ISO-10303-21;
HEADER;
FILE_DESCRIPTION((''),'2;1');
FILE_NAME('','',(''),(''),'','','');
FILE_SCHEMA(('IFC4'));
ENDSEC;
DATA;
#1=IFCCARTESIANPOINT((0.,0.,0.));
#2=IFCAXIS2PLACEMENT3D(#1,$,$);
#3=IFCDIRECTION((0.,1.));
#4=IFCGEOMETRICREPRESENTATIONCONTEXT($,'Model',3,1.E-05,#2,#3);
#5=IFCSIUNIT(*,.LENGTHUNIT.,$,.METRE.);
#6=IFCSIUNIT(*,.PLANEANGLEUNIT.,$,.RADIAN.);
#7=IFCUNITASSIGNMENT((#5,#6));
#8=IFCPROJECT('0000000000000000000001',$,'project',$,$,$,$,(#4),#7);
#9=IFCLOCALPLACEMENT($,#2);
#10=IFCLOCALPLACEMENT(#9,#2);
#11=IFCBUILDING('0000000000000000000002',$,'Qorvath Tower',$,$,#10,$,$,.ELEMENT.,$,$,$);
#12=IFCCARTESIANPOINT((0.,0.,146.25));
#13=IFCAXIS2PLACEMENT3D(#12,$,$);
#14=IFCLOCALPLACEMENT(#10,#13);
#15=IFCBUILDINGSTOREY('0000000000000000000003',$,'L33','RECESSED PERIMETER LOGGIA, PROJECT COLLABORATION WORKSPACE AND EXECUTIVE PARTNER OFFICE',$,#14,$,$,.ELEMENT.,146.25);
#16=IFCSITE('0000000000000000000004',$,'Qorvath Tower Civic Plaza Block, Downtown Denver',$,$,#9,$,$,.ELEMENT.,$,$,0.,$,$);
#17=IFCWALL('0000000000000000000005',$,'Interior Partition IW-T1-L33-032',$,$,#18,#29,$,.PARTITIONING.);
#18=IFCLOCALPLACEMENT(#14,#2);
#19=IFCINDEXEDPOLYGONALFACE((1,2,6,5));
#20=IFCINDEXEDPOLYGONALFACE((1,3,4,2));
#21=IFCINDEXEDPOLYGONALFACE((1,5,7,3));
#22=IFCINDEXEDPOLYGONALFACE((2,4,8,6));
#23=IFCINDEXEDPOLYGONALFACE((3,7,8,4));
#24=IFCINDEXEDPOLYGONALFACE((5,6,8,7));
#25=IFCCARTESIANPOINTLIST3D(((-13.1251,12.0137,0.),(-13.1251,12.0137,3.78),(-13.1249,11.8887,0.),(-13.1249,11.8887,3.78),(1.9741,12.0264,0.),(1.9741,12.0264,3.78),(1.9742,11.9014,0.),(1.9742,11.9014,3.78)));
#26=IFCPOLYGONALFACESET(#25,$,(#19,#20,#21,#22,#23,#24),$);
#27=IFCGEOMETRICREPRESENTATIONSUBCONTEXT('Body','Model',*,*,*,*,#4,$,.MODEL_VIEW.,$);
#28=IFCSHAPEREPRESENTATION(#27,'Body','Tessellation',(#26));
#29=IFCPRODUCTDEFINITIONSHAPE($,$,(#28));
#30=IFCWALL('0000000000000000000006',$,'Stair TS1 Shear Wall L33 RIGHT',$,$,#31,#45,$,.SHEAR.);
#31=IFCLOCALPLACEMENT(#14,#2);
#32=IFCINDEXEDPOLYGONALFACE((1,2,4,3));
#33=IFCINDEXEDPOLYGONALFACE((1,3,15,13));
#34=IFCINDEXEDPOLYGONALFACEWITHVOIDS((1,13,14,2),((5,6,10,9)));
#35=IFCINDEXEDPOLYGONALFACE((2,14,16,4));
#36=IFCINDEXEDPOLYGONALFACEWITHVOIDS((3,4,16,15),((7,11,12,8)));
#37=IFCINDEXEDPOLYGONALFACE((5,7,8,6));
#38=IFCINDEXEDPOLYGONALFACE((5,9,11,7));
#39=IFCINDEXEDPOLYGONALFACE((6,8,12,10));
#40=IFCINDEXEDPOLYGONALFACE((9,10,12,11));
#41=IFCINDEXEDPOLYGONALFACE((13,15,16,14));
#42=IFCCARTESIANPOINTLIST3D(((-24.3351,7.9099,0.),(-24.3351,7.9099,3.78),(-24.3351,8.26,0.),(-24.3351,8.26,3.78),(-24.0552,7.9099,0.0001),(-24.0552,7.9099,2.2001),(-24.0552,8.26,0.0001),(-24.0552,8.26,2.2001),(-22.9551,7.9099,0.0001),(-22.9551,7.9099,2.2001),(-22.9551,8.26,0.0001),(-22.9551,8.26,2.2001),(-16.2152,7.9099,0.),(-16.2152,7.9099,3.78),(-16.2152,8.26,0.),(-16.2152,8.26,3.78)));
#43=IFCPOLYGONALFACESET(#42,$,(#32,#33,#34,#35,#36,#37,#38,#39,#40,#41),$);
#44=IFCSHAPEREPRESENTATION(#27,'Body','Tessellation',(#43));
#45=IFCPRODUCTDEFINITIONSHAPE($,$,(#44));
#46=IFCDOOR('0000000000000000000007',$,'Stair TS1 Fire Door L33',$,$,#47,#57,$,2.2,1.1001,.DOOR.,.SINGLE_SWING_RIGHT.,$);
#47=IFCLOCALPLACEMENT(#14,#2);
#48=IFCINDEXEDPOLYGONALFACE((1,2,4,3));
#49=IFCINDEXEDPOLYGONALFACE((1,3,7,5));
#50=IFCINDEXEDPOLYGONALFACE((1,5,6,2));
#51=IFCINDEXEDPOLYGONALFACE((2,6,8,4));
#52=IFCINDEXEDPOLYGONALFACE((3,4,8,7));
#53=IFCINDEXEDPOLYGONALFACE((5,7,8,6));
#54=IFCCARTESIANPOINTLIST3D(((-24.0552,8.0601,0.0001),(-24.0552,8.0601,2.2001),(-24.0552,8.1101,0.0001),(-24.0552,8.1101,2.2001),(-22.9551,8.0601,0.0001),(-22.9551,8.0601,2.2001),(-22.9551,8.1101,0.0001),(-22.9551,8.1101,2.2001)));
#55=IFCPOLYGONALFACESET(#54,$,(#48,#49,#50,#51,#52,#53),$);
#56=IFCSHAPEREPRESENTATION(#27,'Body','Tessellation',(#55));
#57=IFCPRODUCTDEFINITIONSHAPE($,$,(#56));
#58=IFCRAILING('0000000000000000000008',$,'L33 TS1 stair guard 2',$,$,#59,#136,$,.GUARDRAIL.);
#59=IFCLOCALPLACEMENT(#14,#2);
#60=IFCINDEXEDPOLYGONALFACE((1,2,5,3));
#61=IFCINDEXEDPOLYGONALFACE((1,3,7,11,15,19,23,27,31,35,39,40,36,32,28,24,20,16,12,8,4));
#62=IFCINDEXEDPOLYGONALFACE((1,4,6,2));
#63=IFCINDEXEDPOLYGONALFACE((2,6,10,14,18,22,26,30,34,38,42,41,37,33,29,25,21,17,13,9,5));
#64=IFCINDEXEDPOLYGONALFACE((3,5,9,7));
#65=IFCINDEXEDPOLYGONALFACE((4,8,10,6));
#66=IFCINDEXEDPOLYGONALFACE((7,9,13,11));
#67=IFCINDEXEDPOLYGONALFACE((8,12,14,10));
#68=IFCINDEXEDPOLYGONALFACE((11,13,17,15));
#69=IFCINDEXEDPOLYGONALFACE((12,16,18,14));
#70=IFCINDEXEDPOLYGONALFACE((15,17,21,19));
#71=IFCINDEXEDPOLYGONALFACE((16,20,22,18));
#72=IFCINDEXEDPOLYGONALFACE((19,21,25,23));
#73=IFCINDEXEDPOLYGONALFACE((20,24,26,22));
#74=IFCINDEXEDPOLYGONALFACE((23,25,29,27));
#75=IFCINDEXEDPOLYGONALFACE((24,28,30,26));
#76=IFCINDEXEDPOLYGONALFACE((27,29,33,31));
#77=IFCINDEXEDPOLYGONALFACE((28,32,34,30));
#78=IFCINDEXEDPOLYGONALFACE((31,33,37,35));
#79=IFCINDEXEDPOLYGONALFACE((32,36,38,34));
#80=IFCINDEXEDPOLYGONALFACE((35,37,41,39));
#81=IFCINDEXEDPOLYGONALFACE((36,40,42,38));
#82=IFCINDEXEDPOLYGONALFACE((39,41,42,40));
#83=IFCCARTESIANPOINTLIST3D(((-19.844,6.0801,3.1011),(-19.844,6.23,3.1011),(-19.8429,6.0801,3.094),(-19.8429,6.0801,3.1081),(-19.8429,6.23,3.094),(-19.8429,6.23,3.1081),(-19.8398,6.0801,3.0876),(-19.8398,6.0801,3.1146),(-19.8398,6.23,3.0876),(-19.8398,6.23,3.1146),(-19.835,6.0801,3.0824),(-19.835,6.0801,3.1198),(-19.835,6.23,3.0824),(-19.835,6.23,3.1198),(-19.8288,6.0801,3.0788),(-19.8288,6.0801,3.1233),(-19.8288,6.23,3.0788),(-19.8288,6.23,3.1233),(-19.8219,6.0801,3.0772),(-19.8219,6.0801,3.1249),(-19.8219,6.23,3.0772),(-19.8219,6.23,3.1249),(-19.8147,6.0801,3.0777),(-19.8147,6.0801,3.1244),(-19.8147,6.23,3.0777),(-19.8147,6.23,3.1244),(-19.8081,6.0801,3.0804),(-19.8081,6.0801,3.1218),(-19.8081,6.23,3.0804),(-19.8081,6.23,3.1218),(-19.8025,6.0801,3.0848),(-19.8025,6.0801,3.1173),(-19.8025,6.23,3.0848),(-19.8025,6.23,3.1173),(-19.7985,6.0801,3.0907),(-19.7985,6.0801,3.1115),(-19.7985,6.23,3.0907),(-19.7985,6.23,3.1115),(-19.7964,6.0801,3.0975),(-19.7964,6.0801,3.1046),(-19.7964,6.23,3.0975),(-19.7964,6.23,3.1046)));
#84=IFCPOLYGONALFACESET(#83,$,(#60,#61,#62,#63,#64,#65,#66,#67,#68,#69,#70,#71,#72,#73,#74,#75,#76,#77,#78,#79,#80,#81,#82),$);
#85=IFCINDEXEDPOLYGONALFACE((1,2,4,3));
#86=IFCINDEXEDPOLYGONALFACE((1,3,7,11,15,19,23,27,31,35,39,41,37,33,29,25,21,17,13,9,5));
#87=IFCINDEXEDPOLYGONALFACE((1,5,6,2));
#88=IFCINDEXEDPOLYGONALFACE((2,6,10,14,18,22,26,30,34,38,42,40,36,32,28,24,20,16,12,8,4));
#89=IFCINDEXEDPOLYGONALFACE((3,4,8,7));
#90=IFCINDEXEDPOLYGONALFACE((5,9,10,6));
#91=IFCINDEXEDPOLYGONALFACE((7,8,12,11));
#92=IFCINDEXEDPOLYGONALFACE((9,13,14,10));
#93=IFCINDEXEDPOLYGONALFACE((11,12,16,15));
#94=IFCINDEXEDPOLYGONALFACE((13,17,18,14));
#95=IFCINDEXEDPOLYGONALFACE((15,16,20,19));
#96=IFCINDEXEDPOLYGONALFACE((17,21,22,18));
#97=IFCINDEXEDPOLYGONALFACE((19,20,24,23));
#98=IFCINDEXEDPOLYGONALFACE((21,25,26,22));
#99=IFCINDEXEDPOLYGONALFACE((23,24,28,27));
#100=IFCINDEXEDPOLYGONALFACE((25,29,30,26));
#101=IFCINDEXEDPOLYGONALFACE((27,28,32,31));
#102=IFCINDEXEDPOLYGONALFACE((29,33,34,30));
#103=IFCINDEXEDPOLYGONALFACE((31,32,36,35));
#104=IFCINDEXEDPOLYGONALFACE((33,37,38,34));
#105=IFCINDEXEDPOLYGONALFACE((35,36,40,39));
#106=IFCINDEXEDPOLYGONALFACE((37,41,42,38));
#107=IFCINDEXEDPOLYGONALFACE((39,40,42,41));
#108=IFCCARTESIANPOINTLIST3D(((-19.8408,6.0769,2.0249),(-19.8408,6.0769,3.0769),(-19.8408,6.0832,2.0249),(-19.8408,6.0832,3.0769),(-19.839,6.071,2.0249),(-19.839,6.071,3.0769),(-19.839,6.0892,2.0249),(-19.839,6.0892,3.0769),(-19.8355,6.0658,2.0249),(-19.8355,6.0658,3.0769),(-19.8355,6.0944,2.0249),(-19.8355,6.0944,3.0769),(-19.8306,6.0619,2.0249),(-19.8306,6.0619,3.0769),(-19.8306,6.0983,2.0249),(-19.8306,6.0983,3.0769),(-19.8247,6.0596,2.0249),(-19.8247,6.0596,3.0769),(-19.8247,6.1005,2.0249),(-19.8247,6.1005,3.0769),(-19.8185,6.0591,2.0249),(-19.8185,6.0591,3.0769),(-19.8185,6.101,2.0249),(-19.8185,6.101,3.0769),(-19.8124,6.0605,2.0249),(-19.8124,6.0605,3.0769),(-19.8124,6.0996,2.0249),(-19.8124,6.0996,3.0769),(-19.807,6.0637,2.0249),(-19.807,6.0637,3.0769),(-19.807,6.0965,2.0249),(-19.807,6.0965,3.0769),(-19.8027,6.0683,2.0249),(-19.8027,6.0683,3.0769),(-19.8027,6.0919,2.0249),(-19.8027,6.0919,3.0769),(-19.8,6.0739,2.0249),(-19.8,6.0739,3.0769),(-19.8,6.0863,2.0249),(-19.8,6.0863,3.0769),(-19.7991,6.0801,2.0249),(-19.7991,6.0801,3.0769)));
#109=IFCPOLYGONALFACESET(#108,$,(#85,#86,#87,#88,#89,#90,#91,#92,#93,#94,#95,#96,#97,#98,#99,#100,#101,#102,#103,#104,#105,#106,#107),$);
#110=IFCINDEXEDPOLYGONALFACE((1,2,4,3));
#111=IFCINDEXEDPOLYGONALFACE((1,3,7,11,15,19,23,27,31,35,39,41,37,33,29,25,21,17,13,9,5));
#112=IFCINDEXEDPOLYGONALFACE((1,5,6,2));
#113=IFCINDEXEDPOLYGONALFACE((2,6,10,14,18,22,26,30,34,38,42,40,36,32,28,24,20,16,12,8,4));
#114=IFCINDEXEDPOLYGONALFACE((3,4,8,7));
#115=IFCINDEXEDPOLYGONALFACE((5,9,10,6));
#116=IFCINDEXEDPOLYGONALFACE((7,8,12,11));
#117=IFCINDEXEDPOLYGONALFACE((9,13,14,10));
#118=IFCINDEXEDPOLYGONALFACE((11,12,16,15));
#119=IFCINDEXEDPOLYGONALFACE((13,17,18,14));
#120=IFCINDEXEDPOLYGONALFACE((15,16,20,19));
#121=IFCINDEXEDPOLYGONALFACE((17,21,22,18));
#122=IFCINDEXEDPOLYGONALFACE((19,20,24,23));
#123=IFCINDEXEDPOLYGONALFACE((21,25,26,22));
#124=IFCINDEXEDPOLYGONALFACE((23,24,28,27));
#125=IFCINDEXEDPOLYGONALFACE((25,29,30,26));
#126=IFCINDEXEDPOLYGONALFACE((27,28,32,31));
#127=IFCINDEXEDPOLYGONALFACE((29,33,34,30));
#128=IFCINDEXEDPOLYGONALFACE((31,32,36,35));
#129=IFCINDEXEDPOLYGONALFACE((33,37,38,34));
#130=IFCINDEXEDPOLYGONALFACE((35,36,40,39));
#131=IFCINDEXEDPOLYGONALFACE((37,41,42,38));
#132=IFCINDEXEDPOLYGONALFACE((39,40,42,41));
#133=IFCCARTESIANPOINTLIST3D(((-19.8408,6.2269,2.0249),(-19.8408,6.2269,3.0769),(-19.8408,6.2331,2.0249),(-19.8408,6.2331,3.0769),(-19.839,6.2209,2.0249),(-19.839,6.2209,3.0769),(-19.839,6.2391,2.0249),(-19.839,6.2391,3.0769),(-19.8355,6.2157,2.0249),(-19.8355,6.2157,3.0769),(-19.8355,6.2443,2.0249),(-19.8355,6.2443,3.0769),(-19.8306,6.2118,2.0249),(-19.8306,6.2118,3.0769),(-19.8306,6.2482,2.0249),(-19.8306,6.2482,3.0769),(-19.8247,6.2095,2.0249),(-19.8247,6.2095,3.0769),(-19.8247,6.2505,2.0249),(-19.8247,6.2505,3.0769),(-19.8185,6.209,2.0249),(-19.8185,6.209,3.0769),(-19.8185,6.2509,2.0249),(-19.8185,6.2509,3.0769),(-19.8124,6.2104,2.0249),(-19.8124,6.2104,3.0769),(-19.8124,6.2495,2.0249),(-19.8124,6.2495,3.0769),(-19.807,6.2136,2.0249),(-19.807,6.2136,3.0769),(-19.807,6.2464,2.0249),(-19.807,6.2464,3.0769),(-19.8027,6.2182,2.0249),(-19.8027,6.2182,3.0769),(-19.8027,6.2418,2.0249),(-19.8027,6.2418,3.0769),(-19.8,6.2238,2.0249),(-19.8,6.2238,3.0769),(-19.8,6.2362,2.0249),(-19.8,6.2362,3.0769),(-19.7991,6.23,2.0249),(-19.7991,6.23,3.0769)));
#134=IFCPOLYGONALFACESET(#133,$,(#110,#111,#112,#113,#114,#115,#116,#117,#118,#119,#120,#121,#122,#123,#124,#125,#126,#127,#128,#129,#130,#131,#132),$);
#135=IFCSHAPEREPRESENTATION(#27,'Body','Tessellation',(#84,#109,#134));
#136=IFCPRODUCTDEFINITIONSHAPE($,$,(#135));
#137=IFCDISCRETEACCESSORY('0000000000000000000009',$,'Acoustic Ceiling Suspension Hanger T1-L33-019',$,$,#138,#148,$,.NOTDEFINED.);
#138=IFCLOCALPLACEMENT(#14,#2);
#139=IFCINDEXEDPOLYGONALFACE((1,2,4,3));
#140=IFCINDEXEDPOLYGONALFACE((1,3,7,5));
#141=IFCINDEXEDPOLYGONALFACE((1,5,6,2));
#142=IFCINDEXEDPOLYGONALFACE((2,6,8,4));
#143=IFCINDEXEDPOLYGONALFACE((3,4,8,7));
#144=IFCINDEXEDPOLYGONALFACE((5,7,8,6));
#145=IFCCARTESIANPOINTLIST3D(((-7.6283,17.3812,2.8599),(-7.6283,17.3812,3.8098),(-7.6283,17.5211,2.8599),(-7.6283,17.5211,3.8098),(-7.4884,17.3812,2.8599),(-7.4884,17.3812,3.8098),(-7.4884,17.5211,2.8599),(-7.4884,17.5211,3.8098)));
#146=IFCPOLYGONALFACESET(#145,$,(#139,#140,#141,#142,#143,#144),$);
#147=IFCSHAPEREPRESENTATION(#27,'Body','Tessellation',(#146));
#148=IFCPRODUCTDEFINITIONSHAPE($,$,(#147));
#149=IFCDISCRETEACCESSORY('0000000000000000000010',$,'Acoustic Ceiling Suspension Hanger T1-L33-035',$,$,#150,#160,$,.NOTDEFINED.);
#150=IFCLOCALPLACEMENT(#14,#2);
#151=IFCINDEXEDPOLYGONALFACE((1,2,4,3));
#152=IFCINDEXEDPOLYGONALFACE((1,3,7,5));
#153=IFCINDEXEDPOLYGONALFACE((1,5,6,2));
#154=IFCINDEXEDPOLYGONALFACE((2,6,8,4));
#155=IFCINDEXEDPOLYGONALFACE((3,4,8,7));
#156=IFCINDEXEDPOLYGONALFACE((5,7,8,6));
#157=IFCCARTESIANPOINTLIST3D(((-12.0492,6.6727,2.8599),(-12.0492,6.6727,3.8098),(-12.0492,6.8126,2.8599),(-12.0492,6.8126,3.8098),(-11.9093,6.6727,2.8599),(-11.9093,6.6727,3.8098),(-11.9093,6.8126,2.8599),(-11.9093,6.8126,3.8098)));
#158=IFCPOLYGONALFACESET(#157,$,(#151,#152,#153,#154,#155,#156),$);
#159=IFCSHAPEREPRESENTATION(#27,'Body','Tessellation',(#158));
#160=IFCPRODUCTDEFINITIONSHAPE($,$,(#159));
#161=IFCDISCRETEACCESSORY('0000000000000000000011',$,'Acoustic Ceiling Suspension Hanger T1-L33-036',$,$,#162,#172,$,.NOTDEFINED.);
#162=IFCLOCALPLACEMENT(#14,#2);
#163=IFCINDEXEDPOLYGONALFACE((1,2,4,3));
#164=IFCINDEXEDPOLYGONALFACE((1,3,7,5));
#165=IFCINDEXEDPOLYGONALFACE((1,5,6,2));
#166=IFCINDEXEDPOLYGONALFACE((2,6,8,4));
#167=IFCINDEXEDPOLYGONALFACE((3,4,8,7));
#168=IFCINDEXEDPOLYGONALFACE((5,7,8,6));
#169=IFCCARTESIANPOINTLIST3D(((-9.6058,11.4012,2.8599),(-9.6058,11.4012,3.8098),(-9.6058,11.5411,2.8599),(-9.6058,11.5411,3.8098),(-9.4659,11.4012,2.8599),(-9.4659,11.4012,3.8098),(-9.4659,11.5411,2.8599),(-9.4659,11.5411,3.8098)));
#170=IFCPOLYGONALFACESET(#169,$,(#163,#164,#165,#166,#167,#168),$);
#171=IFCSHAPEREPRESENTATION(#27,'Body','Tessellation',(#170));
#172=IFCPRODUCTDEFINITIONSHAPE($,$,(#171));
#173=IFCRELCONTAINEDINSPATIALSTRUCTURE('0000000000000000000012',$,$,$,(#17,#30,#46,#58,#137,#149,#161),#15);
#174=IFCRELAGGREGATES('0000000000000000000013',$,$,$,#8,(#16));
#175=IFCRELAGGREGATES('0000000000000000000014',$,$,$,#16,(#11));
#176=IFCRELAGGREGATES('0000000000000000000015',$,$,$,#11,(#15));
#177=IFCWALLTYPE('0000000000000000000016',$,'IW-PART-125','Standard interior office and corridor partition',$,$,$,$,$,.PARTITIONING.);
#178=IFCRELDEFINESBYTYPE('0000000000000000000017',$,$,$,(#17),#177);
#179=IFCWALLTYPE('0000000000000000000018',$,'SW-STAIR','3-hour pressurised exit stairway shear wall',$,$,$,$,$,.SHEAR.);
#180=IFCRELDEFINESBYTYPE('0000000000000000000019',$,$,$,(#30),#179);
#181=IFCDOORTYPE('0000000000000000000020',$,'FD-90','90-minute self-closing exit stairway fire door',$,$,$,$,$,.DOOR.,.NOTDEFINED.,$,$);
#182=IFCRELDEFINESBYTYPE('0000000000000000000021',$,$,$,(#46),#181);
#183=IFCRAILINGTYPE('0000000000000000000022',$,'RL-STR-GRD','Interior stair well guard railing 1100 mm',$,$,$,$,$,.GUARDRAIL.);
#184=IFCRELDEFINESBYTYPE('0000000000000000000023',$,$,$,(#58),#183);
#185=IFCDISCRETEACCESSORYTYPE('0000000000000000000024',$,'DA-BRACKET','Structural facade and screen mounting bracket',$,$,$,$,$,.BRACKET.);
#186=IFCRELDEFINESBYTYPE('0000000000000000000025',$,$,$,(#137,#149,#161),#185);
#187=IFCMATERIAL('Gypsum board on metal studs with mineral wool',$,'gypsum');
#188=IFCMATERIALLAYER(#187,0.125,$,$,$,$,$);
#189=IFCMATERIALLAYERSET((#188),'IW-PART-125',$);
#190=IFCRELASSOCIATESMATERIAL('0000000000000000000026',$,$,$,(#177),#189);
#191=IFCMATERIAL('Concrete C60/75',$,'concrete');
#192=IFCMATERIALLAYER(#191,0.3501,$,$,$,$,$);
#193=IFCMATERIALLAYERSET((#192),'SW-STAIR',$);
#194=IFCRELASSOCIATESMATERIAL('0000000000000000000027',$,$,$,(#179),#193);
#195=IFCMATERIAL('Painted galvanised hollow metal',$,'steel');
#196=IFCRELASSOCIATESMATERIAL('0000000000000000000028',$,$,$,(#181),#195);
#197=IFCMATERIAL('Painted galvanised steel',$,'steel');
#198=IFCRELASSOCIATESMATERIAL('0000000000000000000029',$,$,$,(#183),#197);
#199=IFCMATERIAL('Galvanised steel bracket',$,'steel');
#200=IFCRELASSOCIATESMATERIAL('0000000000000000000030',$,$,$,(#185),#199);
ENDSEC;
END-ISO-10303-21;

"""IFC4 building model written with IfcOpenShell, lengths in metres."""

from ifc_helpers import new_model, si_unit, direction, frame, frame_2d, origin, origin_2d, place, context, subcontext, project, spatial, rectangle, circle, extrude, material, layer, layer_set, type_object, element, fill, save


model = new_model("IFC4")

# Units and contexts
model_context = context("Model", 3, precision=1e-05, world=origin(), true_north=direction((0.0, 1.0)))
body_context = subcontext(model_context, "Body", "Model", "MODEL_VIEW")
ifc_project = project(units=[si_unit("LENGTHUNIT", "METRE"), si_unit("PLANEANGLEUNIT", "RADIAN")], contexts=[model_context])

# Site, building, storey
site_placement = place(None, origin())
site = spatial("IfcSite", under=ifc_project, at=site_placement, Name="Qorvath Tower Civic Plaza Block, Downtown Denver", CompositionType="ELEMENT", RefElevation=0.0)
building_placement = place(site_placement, origin())
building = spatial("IfcBuilding", under=site, at=building_placement, Name="Qorvath Tower", CompositionType="ELEMENT")
storey_placement = place(building_placement, frame((0.0, 0.0, 146.25)))
storey = spatial("IfcBuildingStorey", under=building, at=storey_placement, Name="L33", Description="RECESSED PERIMETER LOGGIA, PROJECT COLLABORATION WORKSPACE AND EXECUTIVE PARTNER OFFICE", CompositionType="ELEMENT", Elevation=146.25)

# Shared definitions
ifc_material_1 = material(Name="Gypsum board on metal studs with mineral wool", Category="gypsum")
ifc_layer_1 = layer(ifc_material_1, 0.125)
ifc_layer_set_1 = layer_set([ifc_layer_1], Name="IW-PART-125")
wall_type_1 = type_object("IfcWallType", Name="IW-PART-125", Description="Standard interior office and corridor partition", PredefinedType="PARTITIONING", material=ifc_layer_set_1)

# Wall
wall_1_placement = place(storey_placement, frame((-13.125, 11.9512, 0.0), z_axis=(0.0, 0.0, 1.0), x_axis=(1.0, 0.000841, 0.0)))
element("IfcWall", 1, at=wall_1_placement, inside=storey, type_object=wall_type_1, Name="Interior Partition IW-T1-L33-032", PredefinedType="PARTITIONING", context=body_context, shape_type="SweptSolid", body=[
    extrude(rectangle(XDim=15.0991, YDim=0.125, at=frame_2d((7.5496, 0.0))), origin(), (0.0, 0.0, 1.0), 3.78),
])

# Wall, opening, door
ifc_material_2 = material(Name="Concrete C60/75", Category="concrete")
ifc_layer_2 = layer(ifc_material_2, 0.3501)
ifc_layer_set_2 = layer_set([ifc_layer_2], Name="SW-STAIR")
wall_type_2 = type_object("IfcWallType", Name="SW-STAIR", Description="3-hour pressurised exit stairway shear wall", PredefinedType="SHEAR", material=ifc_layer_set_2)
wall_2_placement = place(storey_placement, frame((-16.2151, 8.085, 0.0), z_axis=(0.0, 0.0, 1.0), x_axis=(-1.0, 0.0, 0.0)))
wall_2 = element("IfcWall", 2, at=wall_2_placement, inside=storey, type_object=wall_type_2, Name="Stair TS1 Shear Wall L33 RIGHT", PredefinedType="SHEAR", context=body_context, shape_type="SweptSolid", body=[
    extrude(rectangle(XDim=8.1199, YDim=0.3501, at=frame_2d((4.0601, 0.0))), origin(), (0.0, 0.0, 1.0), 3.78),
])
opening_1_placement = place(wall_2_placement, frame((6.74, 0.0, 0.0)))
opening_1 = element("IfcOpeningElement", 3, at=opening_1_placement, cuts=wall_2, PredefinedType="OPENING", context=body_context, shape_type="SweptSolid", body=[
    extrude(rectangle(XDim=1.1001, YDim=2.2, at=frame_2d((0.55, 1.1001))), frame((0.0, 0.1851, 0.0), z_axis=(0.0, -1.0, 0.0), x_axis=(1.0, 0.0, 0.0)), (0.0, 0.0, 1.0), 0.3701),
])
ifc_material_3 = material(Name="Painted galvanised hollow metal", Category="steel")
door_type_1 = type_object("IfcDoorType", Name="FD-90", Description="90-minute self-closing exit stairway fire door", OperationType="NOTDEFINED", PredefinedType="DOOR", material=ifc_material_3)
door_1_placement = place(opening_1_placement, origin())
door_1 = element("IfcDoor", 4, at=door_1_placement, inside=storey, type_object=door_type_1, Name="Stair TS1 Fire Door L33", OperationType="SINGLE_SWING_RIGHT", OverallHeight=2.2, OverallWidth=1.1001, PredefinedType="DOOR", context=body_context, shape_type="SweptSolid", body=[
    extrude(rectangle(XDim=1.1001, YDim=2.2, at=frame_2d((0.55, 1.1001))), frame((0.0, 0.0249, 0.0), z_axis=(0.0, -1.0, 0.0), x_axis=(1.0, 0.0, 0.0)), (0.0, 0.0, 1.0), 0.05),
])
fill(opening_1, door_1)

# Railing
ifc_material_4 = material(Name="Painted galvanised steel", Category="steel")
railing_type = type_object("IfcRailingType", Name="RL-STR-GRD", Description="Interior stair well guard railing 1100 mm", PredefinedType="GUARDRAIL", material=ifc_material_4)
railing_placement = place(storey_placement, frame((-19.8201, 6.0801, 2.0249)))
element("IfcRailing", 5, at=railing_placement, inside=storey, type_object=railing_type, Name="L33 TS1 stair guard 2", PredefinedType="GUARDRAIL", context=body_context, shape_type="SweptSolid", body=[
    extrude(circle(Radius=0.0239, at=origin_2d()), frame((0.0, 0.0, 1.0762), z_axis=(0.0, 1.0, 0.0), x_axis=(-1.0, 0.0, 0.0)), (0.0, 0.0, 1.0), 0.1499),
    extrude(circle(Radius=0.021, at=origin_2d()), origin(), (0.0, 0.0, 1.0), 1.052),
    extrude(circle(Radius=0.021, at=origin_2d()), frame((0.0, 0.1499, 0.0)), (0.0, 0.0, 1.0), 1.052),
])

# Discrete accessories
ifc_material_5 = material(Name="Galvanised steel bracket", Category="steel")
discrete_accessory_type = type_object("IfcDiscreteAccessoryType", Name="DA-BRACKET", Description="Structural facade and screen mounting bracket", PredefinedType="BRACKET", material=ifc_material_5)
for number, where, z_axis, x_axis, name in (
    (6, (-7.5583, 17.4512, 2.8599), (0.0, 0.0, 1.0), (1.0, 0.0, 0.0), "Acoustic Ceiling Suspension Hanger T1-L33-019"),
    (7, (-11.9792, 6.7427, 2.8599), (0.0, 0.0, 1.0), (1.0, 0.0, 0.0), "Acoustic Ceiling Suspension Hanger T1-L33-035"),
    (8, (-9.5359, 11.4712, 2.8599), (0.0, 0.0, 1.0), (1.0, 0.0, 0.0), "Acoustic Ceiling Suspension Hanger T1-L33-036"),
):
    element("IfcDiscreteAccessory", number, at=place(storey_placement, frame(where, z_axis=z_axis, x_axis=x_axis)), inside=storey, type_object=discrete_accessory_type, Name=name, PredefinedType="NOTDEFINED", context=body_context, shape_type="SweptSolid", body=[
        extrude(rectangle(XDim=0.1399, YDim=0.1399, at=origin_2d()), origin(), (0.0, 0.0, 1.0), 0.95),
    ])

save(model, "model.ifc")
